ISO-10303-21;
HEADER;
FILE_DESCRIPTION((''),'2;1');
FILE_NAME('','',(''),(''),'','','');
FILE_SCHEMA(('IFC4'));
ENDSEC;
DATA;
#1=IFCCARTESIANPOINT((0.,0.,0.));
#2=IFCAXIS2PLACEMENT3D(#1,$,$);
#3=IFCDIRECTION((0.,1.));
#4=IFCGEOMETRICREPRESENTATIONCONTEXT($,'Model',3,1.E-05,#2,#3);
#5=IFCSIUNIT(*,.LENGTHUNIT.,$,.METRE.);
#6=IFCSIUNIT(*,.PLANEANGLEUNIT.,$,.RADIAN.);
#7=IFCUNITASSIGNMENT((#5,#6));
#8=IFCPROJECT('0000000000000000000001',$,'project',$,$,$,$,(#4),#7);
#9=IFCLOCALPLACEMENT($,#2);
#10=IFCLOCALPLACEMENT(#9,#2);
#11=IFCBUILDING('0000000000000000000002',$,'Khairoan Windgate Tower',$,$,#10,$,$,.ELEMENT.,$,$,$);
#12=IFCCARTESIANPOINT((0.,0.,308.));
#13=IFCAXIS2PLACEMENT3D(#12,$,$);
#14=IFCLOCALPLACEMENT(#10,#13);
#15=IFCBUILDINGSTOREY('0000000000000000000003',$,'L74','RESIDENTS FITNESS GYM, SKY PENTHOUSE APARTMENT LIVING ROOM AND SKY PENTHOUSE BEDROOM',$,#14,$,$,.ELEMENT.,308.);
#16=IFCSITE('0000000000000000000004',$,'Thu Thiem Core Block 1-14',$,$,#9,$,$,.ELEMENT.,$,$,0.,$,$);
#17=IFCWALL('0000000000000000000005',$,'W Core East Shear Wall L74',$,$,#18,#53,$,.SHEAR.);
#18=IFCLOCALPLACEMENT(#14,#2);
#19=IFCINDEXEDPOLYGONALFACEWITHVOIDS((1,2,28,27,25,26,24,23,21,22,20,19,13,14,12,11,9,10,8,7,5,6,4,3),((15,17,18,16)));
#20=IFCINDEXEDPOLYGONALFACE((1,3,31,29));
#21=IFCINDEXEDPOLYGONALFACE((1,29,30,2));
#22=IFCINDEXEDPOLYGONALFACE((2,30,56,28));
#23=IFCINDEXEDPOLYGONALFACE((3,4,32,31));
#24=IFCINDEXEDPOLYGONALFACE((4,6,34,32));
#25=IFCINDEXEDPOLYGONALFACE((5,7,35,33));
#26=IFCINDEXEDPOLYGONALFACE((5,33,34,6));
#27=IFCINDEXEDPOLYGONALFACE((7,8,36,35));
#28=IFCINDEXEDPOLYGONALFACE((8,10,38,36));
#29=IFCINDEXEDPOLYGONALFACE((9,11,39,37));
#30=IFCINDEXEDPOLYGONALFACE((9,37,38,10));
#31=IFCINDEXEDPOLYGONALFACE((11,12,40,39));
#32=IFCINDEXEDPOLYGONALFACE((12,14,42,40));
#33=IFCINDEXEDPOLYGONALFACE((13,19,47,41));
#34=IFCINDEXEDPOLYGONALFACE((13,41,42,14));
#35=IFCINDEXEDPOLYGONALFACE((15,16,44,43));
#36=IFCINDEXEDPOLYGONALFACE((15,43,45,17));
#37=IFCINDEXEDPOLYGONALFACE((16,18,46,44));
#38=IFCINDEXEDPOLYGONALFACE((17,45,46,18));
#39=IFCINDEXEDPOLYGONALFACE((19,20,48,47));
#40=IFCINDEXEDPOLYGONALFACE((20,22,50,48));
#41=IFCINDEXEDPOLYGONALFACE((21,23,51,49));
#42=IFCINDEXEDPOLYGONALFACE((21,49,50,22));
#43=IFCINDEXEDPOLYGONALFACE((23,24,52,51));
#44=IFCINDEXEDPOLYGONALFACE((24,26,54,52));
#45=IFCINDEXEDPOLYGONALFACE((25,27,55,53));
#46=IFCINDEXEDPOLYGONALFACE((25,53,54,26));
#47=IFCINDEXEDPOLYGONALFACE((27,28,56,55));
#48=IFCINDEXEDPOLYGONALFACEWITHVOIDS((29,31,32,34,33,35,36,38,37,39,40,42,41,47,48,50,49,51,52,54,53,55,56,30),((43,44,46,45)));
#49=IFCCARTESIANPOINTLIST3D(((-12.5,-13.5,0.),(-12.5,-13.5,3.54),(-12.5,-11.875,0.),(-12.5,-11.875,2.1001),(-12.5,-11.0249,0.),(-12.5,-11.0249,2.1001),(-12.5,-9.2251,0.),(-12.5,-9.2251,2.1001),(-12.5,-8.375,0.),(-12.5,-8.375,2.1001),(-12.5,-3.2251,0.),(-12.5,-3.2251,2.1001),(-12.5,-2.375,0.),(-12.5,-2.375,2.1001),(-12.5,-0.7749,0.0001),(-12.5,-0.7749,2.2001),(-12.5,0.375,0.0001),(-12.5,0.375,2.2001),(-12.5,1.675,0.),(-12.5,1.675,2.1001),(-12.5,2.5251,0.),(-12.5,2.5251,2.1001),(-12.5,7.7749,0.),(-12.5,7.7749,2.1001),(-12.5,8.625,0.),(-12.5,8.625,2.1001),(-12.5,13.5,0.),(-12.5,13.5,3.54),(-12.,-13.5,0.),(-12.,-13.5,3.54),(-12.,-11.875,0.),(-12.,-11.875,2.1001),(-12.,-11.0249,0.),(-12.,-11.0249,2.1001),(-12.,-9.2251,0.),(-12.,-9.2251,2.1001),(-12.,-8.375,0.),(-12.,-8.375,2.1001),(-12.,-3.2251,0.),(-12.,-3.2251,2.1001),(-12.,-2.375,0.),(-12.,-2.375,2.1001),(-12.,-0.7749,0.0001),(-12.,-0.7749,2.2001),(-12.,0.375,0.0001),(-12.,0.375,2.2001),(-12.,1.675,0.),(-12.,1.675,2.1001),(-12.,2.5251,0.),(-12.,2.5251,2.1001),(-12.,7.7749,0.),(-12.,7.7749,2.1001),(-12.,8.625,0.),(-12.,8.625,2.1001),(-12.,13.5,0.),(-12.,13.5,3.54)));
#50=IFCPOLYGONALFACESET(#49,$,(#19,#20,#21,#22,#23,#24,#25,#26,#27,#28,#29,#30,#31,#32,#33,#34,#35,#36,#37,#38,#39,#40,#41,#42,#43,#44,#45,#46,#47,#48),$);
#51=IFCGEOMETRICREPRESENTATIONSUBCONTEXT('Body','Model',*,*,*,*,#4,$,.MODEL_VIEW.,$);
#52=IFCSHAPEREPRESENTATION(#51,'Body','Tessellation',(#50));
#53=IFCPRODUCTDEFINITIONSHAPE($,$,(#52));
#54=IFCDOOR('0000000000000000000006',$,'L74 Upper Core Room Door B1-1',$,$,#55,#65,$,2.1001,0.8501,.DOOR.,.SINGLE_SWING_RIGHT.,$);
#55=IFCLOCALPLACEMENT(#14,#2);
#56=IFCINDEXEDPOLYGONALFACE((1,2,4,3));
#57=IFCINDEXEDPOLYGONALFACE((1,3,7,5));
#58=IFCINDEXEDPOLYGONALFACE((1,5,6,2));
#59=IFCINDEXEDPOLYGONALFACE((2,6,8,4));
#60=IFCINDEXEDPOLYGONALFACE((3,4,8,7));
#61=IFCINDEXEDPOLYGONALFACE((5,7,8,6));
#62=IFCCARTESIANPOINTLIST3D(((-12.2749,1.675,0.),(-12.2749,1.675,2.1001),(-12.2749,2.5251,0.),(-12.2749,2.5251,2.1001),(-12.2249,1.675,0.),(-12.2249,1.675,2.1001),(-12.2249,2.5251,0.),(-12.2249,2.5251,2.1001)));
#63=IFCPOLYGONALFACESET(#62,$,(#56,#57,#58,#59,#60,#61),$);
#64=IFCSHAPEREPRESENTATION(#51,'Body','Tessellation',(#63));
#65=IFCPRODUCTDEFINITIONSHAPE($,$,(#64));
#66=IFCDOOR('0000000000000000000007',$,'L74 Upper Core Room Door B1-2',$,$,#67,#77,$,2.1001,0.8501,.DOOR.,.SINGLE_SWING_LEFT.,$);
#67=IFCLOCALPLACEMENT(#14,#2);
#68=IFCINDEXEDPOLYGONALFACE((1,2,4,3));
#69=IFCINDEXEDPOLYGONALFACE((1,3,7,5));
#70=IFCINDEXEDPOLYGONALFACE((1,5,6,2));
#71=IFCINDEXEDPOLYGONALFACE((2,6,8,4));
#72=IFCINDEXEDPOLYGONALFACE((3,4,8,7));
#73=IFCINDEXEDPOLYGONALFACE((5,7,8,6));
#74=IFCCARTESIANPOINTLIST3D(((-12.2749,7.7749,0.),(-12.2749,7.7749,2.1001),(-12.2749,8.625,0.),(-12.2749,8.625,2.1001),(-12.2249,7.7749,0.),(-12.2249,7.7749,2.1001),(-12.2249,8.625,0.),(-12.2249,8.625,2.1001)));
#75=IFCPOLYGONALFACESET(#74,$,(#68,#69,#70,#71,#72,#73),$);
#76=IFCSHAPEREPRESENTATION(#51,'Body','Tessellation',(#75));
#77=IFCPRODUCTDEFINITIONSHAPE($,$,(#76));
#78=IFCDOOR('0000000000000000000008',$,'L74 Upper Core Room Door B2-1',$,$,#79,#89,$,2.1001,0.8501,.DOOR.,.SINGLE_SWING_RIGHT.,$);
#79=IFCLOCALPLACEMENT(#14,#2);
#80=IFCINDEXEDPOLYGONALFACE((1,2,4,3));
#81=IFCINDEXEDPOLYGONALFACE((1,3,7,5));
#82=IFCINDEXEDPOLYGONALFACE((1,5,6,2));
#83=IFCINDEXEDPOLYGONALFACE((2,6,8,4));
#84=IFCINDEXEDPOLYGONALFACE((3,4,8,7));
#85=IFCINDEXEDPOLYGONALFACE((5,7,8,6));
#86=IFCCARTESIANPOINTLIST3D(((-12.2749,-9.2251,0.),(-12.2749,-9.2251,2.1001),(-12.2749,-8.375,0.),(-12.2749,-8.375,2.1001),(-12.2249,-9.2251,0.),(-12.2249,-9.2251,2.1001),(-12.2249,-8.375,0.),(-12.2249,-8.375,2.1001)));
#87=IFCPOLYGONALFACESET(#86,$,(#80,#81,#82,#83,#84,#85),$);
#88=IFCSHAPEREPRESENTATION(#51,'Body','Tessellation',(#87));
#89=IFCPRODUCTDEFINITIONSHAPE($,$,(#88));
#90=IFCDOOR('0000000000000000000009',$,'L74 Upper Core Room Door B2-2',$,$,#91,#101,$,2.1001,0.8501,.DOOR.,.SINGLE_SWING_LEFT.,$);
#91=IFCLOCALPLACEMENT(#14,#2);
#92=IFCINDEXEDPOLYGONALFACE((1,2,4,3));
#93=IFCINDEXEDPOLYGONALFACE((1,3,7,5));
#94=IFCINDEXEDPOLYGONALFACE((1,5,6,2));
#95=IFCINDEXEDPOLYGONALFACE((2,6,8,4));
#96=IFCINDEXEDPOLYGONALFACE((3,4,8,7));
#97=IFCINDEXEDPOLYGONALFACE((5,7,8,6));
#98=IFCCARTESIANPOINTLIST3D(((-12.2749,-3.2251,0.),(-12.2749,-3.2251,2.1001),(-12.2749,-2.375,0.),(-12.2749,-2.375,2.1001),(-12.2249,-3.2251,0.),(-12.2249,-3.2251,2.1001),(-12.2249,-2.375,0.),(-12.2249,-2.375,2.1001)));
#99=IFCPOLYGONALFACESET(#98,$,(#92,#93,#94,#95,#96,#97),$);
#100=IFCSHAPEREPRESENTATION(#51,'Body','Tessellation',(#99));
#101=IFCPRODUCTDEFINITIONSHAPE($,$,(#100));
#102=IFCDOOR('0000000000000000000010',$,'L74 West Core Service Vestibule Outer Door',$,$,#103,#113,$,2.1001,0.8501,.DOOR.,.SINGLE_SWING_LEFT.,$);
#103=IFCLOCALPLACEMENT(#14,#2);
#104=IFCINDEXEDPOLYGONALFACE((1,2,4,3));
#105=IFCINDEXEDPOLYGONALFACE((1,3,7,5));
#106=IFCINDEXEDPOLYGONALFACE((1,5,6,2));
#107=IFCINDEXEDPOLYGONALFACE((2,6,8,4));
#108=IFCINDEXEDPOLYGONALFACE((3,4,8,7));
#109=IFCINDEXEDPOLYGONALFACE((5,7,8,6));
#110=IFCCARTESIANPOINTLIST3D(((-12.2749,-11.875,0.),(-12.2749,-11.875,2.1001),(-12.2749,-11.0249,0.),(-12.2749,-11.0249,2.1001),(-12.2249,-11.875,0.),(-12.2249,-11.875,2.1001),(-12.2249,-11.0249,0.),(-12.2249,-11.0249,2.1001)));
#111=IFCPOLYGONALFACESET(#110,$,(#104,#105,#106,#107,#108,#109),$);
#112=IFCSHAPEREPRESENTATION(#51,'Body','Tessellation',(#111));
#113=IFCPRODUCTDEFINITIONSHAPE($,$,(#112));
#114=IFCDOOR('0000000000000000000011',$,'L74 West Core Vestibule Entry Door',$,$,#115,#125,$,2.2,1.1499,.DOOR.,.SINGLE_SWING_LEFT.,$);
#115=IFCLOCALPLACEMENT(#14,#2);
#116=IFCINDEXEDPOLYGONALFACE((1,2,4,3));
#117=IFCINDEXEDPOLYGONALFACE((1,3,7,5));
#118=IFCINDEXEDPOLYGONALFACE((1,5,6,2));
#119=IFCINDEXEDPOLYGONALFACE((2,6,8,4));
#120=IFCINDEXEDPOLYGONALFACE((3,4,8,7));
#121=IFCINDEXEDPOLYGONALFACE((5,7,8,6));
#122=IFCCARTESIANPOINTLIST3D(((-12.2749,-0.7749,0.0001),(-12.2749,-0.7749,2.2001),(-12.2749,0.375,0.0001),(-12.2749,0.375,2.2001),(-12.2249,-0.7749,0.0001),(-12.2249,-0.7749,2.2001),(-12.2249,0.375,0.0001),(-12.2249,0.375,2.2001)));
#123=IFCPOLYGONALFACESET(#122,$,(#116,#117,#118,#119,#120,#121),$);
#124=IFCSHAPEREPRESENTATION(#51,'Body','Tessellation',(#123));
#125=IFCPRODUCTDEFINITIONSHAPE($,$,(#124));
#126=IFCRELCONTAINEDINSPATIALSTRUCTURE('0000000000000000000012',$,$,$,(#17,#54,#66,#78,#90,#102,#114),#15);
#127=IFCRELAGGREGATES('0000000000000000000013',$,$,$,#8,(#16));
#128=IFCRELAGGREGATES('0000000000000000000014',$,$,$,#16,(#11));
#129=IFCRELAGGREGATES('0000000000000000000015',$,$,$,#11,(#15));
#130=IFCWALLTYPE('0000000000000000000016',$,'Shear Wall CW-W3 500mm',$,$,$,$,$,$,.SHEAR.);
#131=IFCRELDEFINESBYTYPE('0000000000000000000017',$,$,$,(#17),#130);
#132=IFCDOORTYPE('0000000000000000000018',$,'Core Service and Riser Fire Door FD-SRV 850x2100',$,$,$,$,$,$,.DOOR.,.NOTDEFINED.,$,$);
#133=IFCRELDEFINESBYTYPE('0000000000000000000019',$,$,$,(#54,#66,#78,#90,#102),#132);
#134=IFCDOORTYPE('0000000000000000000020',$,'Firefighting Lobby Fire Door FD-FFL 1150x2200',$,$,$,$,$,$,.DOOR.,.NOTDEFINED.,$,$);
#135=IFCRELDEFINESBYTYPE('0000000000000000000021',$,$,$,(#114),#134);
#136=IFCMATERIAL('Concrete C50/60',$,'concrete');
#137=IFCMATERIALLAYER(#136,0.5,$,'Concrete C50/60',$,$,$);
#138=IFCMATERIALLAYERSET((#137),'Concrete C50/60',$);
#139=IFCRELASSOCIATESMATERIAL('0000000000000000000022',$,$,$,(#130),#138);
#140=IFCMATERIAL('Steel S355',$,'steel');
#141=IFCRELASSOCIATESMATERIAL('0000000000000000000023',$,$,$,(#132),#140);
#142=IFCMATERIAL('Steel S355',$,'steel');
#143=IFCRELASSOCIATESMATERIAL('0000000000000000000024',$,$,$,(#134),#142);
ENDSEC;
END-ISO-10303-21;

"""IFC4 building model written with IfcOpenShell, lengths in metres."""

from ifc_helpers import new_model, si_unit, direction, frame, frame_2d, origin, place, context, subcontext, project, spatial, rectangle, extrude, material, layer, layer_set, type_object, element, fill, save


model = new_model("IFC4")

# Units and contexts
model_context = context("Model", 3, precision=1e-05, world=origin(), true_north=direction((0.0, 1.0)))
body_context = subcontext(model_context, "Body", "Model", "MODEL_VIEW")
ifc_project = project(units=[si_unit("LENGTHUNIT", "METRE"), si_unit("PLANEANGLEUNIT", "RADIAN")], contexts=[model_context])

# Site, building, storey
site_placement = place(None, origin())
site = spatial("IfcSite", under=ifc_project, at=site_placement, Name="Thu Thiem Core Block 1-14", CompositionType="ELEMENT", RefElevation=0.0)
building_placement = place(site_placement, origin())
building = spatial("IfcBuilding", under=site, at=building_placement, Name="Khairoan Windgate Tower", CompositionType="ELEMENT")
storey_placement = place(building_placement, frame((0.0, 0.0, 308.0)))
storey = spatial("IfcBuildingStorey", under=building, at=storey_placement, Name="L74", Description="RESIDENTS FITNESS GYM, SKY PENTHOUSE APARTMENT LIVING ROOM AND SKY PENTHOUSE BEDROOM", CompositionType="ELEMENT", Elevation=308.0)

# Wall, openings, doors
ifc_material_1 = material(Name="Concrete C50/60", Category="concrete")
ifc_layer_1 = layer(ifc_material_1, 0.5, Name="Concrete C50/60")
ifc_layer_set_1 = layer_set([ifc_layer_1], Name="Concrete C50/60")
wall_type_1 = type_object("IfcWallType", Name="Shear Wall CW-W3 500mm", PredefinedType="SHEAR", material=ifc_layer_set_1)
wall_1_placement = place(storey_placement, frame((-12.25, -13.5, 0.0), z_axis=(0.0, 0.0, 1.0), x_axis=(0.0, 1.0, 0.0)))
wall_1 = element("IfcWall", 1, at=wall_1_placement, inside=storey, type_object=wall_type_1, Name="W Core East Shear Wall L74", PredefinedType="SHEAR", context=body_context, shape_type="SweptSolid", body=[
    extrude(rectangle(XDim=27.0, YDim=0.5, at=frame_2d((13.5, 0.0))), origin(), (0.0, 0.0, 1.0), 3.54),
])
opening_1_placement = place(wall_1_placement, frame((15.175, 0.0, 0.0)))
opening_1 = element("IfcOpeningElement", 2, at=opening_1_placement, cuts=wall_1, PredefinedType="OPENING", context=body_context, shape_type="SweptSolid", body=[
    extrude(rectangle(XDim=0.8501, YDim=2.1001, at=frame_2d((0.425, 1.05))), frame((0.0, 0.26, 0.0), z_axis=(0.0, -1.0, 0.0), x_axis=(1.0, 0.0, 0.0)), (0.0, 0.0, 1.0), 0.52),
])
opening_2_placement = place(wall_1_placement, frame((21.2749, 0.0, 0.0)))
opening_2 = element("IfcOpeningElement", 3, at=opening_2_placement, cuts=wall_1, PredefinedType="OPENING", context=body_context, shape_type="SweptSolid", body=[
    extrude(rectangle(XDim=0.8501, YDim=2.1001, at=frame_2d((0.425, 1.05))), frame((0.0, 0.26, 0.0), z_axis=(0.0, -1.0, 0.0), x_axis=(1.0, 0.0, 0.0)), (0.0, 0.0, 1.0), 0.52),
])
opening_3_placement = place(wall_1_placement, frame((4.2749, 0.0, 0.0)))
opening_3 = element("IfcOpeningElement", 4, at=opening_3_placement, cuts=wall_1, PredefinedType="OPENING", context=body_context, shape_type="SweptSolid", body=[
    extrude(rectangle(XDim=0.8501, YDim=2.1001, at=frame_2d((0.425, 1.05))), frame((0.0, 0.26, 0.0), z_axis=(0.0, -1.0, 0.0), x_axis=(1.0, 0.0, 0.0)), (0.0, 0.0, 1.0), 0.52),
])
opening_4_placement = place(wall_1_placement, frame((10.2749, 0.0, 0.0)))
opening_4 = element("IfcOpeningElement", 5, at=opening_4_placement, cuts=wall_1, PredefinedType="OPENING", context=body_context, shape_type="SweptSolid", body=[
    extrude(rectangle(XDim=0.8501, YDim=2.1001, at=frame_2d((0.425, 1.05))), frame((0.0, 0.26, 0.0), z_axis=(0.0, -1.0, 0.0), x_axis=(1.0, 0.0, 0.0)), (0.0, 0.0, 1.0), 0.52),
])
opening_5_placement = place(wall_1_placement, frame((12.7251, 0.0, 0.0)))
opening_5 = element("IfcOpeningElement", 6, at=opening_5_placement, cuts=wall_1, PredefinedType="OPENING", context=body_context, shape_type="SweptSolid", body=[
    extrude(rectangle(XDim=1.1499, YDim=2.2, at=frame_2d((0.575, 1.1001))), frame((0.0, 0.26, 0.0), z_axis=(0.0, -1.0, 0.0), x_axis=(1.0, 0.0, 0.0)), (0.0, 0.0, 1.0), 0.52),
])
opening_6_placement = place(wall_1_placement, frame((1.625, 0.0, 0.0)))
opening_6 = element("IfcOpeningElement", 7, at=opening_6_placement, cuts=wall_1, PredefinedType="OPENING", context=body_context, shape_type="SweptSolid", body=[
    extrude(rectangle(XDim=0.8501, YDim=2.1001, at=frame_2d((0.425, 1.05))), frame((0.0, 0.26, 0.0), z_axis=(0.0, -1.0, 0.0), x_axis=(1.0, 0.0, 0.0)), (0.0, 0.0, 1.0), 0.52),
])
ifc_material_2 = material(Name="Steel S355", Category="steel")
door_type_1 = type_object("IfcDoorType", Name="Core Service and Riser Fire Door FD-SRV 850x2100", OperationType="NOTDEFINED", PredefinedType="DOOR", material=ifc_material_2)
door_1_placement = place(opening_1_placement, origin())
door_1 = element("IfcDoor", 8, at=door_1_placement, inside=storey, type_object=door_type_1, Name="L74 Upper Core Room Door B1-1", OperationType="SINGLE_SWING_RIGHT", OverallHeight=2.1001, OverallWidth=0.8501, PredefinedType="DOOR", context=body_context, shape_type="SweptSolid", body=[
    extrude(rectangle(XDim=0.8501, YDim=2.1001, at=frame_2d((0.425, 1.05))), frame((0.0, 0.0249, 0.0), z_axis=(0.0, -1.0, 0.0), x_axis=(1.0, 0.0, 0.0)), (0.0, 0.0, 1.0), 0.05),
])
fill(opening_1, door_1)
door_2_placement = place(opening_2_placement, origin())
door_2 = element("IfcDoor", 9, at=door_2_placement, inside=storey, type_object=door_type_1, Name="L74 Upper Core Room Door B1-2", OperationType="SINGLE_SWING_LEFT", OverallHeight=2.1001, OverallWidth=0.8501, PredefinedType="DOOR", context=body_context, shape_type="SweptSolid", body=[
    extrude(rectangle(XDim=0.8501, YDim=2.1001, at=frame_2d((0.425, 1.05))), frame((0.0, 0.0249, 0.0), z_axis=(0.0, -1.0, 0.0), x_axis=(1.0, 0.0, 0.0)), (0.0, 0.0, 1.0), 0.05),
])
fill(opening_2, door_2)
door_3_placement = place(opening_3_placement, origin())
door_3 = element("IfcDoor", 10, at=door_3_placement, inside=storey, type_object=door_type_1, Name="L74 Upper Core Room Door B2-1", OperationType="SINGLE_SWING_RIGHT", OverallHeight=2.1001, OverallWidth=0.8501, PredefinedType="DOOR", context=body_context, shape_type="SweptSolid", body=[
    extrude(rectangle(XDim=0.8501, YDim=2.1001, at=frame_2d((0.425, 1.05))), frame((0.0, 0.0249, 0.0), z_axis=(0.0, -1.0, 0.0), x_axis=(1.0, 0.0, 0.0)), (0.0, 0.0, 1.0), 0.05),
])
fill(opening_3, door_3)
door_4_placement = place(opening_4_placement, origin())
door_4 = element("IfcDoor", 11, at=door_4_placement, inside=storey, type_object=door_type_1, Name="L74 Upper Core Room Door B2-2", OperationType="SINGLE_SWING_LEFT", OverallHeight=2.1001, OverallWidth=0.8501, PredefinedType="DOOR", context=body_context, shape_type="SweptSolid", body=[
    extrude(rectangle(XDim=0.8501, YDim=2.1001, at=frame_2d((0.425, 1.05))), frame((0.0, 0.0249, 0.0), z_axis=(0.0, -1.0, 0.0), x_axis=(1.0, 0.0, 0.0)), (0.0, 0.0, 1.0), 0.05),
])
fill(opening_4, door_4)
door_5_placement = place(opening_6_placement, origin())
door_5 = element("IfcDoor", 12, at=door_5_placement, inside=storey, type_object=door_type_1, Name="L74 West Core Service Vestibule Outer Door", OperationType="SINGLE_SWING_LEFT", OverallHeight=2.1001, OverallWidth=0.8501, PredefinedType="DOOR", context=body_context, shape_type="SweptSolid", body=[
    extrude(rectangle(XDim=0.8501, YDim=2.1001, at=frame_2d((0.425, 1.05))), frame((0.0, 0.0249, 0.0), z_axis=(0.0, -1.0, 0.0), x_axis=(1.0, 0.0, 0.0)), (0.0, 0.0, 1.0), 0.05),
])
fill(opening_6, door_5)
ifc_material_3 = material(Name="Steel S355", Category="steel")
door_type_2 = type_object("IfcDoorType", Name="Firefighting Lobby Fire Door FD-FFL 1150x2200", OperationType="NOTDEFINED", PredefinedType="DOOR", material=ifc_material_3)
door_6_placement = place(opening_5_placement, origin())
door_6 = element("IfcDoor", 13, at=door_6_placement, inside=storey, type_object=door_type_2, Name="L74 West Core Vestibule Entry Door", OperationType="SINGLE_SWING_LEFT", OverallHeight=2.2, OverallWidth=1.1499, PredefinedType="DOOR", context=body_context, shape_type="SweptSolid", body=[
    extrude(rectangle(XDim=1.1499, YDim=2.2, at=frame_2d((0.575, 1.1001))), frame((0.0, 0.0249, 0.0), z_axis=(0.0, -1.0, 0.0), x_axis=(1.0, 0.0, 0.0)), (0.0, 0.0, 1.0), 0.05),
])
fill(opening_5, door_6)

save(model, "model.ifc")
